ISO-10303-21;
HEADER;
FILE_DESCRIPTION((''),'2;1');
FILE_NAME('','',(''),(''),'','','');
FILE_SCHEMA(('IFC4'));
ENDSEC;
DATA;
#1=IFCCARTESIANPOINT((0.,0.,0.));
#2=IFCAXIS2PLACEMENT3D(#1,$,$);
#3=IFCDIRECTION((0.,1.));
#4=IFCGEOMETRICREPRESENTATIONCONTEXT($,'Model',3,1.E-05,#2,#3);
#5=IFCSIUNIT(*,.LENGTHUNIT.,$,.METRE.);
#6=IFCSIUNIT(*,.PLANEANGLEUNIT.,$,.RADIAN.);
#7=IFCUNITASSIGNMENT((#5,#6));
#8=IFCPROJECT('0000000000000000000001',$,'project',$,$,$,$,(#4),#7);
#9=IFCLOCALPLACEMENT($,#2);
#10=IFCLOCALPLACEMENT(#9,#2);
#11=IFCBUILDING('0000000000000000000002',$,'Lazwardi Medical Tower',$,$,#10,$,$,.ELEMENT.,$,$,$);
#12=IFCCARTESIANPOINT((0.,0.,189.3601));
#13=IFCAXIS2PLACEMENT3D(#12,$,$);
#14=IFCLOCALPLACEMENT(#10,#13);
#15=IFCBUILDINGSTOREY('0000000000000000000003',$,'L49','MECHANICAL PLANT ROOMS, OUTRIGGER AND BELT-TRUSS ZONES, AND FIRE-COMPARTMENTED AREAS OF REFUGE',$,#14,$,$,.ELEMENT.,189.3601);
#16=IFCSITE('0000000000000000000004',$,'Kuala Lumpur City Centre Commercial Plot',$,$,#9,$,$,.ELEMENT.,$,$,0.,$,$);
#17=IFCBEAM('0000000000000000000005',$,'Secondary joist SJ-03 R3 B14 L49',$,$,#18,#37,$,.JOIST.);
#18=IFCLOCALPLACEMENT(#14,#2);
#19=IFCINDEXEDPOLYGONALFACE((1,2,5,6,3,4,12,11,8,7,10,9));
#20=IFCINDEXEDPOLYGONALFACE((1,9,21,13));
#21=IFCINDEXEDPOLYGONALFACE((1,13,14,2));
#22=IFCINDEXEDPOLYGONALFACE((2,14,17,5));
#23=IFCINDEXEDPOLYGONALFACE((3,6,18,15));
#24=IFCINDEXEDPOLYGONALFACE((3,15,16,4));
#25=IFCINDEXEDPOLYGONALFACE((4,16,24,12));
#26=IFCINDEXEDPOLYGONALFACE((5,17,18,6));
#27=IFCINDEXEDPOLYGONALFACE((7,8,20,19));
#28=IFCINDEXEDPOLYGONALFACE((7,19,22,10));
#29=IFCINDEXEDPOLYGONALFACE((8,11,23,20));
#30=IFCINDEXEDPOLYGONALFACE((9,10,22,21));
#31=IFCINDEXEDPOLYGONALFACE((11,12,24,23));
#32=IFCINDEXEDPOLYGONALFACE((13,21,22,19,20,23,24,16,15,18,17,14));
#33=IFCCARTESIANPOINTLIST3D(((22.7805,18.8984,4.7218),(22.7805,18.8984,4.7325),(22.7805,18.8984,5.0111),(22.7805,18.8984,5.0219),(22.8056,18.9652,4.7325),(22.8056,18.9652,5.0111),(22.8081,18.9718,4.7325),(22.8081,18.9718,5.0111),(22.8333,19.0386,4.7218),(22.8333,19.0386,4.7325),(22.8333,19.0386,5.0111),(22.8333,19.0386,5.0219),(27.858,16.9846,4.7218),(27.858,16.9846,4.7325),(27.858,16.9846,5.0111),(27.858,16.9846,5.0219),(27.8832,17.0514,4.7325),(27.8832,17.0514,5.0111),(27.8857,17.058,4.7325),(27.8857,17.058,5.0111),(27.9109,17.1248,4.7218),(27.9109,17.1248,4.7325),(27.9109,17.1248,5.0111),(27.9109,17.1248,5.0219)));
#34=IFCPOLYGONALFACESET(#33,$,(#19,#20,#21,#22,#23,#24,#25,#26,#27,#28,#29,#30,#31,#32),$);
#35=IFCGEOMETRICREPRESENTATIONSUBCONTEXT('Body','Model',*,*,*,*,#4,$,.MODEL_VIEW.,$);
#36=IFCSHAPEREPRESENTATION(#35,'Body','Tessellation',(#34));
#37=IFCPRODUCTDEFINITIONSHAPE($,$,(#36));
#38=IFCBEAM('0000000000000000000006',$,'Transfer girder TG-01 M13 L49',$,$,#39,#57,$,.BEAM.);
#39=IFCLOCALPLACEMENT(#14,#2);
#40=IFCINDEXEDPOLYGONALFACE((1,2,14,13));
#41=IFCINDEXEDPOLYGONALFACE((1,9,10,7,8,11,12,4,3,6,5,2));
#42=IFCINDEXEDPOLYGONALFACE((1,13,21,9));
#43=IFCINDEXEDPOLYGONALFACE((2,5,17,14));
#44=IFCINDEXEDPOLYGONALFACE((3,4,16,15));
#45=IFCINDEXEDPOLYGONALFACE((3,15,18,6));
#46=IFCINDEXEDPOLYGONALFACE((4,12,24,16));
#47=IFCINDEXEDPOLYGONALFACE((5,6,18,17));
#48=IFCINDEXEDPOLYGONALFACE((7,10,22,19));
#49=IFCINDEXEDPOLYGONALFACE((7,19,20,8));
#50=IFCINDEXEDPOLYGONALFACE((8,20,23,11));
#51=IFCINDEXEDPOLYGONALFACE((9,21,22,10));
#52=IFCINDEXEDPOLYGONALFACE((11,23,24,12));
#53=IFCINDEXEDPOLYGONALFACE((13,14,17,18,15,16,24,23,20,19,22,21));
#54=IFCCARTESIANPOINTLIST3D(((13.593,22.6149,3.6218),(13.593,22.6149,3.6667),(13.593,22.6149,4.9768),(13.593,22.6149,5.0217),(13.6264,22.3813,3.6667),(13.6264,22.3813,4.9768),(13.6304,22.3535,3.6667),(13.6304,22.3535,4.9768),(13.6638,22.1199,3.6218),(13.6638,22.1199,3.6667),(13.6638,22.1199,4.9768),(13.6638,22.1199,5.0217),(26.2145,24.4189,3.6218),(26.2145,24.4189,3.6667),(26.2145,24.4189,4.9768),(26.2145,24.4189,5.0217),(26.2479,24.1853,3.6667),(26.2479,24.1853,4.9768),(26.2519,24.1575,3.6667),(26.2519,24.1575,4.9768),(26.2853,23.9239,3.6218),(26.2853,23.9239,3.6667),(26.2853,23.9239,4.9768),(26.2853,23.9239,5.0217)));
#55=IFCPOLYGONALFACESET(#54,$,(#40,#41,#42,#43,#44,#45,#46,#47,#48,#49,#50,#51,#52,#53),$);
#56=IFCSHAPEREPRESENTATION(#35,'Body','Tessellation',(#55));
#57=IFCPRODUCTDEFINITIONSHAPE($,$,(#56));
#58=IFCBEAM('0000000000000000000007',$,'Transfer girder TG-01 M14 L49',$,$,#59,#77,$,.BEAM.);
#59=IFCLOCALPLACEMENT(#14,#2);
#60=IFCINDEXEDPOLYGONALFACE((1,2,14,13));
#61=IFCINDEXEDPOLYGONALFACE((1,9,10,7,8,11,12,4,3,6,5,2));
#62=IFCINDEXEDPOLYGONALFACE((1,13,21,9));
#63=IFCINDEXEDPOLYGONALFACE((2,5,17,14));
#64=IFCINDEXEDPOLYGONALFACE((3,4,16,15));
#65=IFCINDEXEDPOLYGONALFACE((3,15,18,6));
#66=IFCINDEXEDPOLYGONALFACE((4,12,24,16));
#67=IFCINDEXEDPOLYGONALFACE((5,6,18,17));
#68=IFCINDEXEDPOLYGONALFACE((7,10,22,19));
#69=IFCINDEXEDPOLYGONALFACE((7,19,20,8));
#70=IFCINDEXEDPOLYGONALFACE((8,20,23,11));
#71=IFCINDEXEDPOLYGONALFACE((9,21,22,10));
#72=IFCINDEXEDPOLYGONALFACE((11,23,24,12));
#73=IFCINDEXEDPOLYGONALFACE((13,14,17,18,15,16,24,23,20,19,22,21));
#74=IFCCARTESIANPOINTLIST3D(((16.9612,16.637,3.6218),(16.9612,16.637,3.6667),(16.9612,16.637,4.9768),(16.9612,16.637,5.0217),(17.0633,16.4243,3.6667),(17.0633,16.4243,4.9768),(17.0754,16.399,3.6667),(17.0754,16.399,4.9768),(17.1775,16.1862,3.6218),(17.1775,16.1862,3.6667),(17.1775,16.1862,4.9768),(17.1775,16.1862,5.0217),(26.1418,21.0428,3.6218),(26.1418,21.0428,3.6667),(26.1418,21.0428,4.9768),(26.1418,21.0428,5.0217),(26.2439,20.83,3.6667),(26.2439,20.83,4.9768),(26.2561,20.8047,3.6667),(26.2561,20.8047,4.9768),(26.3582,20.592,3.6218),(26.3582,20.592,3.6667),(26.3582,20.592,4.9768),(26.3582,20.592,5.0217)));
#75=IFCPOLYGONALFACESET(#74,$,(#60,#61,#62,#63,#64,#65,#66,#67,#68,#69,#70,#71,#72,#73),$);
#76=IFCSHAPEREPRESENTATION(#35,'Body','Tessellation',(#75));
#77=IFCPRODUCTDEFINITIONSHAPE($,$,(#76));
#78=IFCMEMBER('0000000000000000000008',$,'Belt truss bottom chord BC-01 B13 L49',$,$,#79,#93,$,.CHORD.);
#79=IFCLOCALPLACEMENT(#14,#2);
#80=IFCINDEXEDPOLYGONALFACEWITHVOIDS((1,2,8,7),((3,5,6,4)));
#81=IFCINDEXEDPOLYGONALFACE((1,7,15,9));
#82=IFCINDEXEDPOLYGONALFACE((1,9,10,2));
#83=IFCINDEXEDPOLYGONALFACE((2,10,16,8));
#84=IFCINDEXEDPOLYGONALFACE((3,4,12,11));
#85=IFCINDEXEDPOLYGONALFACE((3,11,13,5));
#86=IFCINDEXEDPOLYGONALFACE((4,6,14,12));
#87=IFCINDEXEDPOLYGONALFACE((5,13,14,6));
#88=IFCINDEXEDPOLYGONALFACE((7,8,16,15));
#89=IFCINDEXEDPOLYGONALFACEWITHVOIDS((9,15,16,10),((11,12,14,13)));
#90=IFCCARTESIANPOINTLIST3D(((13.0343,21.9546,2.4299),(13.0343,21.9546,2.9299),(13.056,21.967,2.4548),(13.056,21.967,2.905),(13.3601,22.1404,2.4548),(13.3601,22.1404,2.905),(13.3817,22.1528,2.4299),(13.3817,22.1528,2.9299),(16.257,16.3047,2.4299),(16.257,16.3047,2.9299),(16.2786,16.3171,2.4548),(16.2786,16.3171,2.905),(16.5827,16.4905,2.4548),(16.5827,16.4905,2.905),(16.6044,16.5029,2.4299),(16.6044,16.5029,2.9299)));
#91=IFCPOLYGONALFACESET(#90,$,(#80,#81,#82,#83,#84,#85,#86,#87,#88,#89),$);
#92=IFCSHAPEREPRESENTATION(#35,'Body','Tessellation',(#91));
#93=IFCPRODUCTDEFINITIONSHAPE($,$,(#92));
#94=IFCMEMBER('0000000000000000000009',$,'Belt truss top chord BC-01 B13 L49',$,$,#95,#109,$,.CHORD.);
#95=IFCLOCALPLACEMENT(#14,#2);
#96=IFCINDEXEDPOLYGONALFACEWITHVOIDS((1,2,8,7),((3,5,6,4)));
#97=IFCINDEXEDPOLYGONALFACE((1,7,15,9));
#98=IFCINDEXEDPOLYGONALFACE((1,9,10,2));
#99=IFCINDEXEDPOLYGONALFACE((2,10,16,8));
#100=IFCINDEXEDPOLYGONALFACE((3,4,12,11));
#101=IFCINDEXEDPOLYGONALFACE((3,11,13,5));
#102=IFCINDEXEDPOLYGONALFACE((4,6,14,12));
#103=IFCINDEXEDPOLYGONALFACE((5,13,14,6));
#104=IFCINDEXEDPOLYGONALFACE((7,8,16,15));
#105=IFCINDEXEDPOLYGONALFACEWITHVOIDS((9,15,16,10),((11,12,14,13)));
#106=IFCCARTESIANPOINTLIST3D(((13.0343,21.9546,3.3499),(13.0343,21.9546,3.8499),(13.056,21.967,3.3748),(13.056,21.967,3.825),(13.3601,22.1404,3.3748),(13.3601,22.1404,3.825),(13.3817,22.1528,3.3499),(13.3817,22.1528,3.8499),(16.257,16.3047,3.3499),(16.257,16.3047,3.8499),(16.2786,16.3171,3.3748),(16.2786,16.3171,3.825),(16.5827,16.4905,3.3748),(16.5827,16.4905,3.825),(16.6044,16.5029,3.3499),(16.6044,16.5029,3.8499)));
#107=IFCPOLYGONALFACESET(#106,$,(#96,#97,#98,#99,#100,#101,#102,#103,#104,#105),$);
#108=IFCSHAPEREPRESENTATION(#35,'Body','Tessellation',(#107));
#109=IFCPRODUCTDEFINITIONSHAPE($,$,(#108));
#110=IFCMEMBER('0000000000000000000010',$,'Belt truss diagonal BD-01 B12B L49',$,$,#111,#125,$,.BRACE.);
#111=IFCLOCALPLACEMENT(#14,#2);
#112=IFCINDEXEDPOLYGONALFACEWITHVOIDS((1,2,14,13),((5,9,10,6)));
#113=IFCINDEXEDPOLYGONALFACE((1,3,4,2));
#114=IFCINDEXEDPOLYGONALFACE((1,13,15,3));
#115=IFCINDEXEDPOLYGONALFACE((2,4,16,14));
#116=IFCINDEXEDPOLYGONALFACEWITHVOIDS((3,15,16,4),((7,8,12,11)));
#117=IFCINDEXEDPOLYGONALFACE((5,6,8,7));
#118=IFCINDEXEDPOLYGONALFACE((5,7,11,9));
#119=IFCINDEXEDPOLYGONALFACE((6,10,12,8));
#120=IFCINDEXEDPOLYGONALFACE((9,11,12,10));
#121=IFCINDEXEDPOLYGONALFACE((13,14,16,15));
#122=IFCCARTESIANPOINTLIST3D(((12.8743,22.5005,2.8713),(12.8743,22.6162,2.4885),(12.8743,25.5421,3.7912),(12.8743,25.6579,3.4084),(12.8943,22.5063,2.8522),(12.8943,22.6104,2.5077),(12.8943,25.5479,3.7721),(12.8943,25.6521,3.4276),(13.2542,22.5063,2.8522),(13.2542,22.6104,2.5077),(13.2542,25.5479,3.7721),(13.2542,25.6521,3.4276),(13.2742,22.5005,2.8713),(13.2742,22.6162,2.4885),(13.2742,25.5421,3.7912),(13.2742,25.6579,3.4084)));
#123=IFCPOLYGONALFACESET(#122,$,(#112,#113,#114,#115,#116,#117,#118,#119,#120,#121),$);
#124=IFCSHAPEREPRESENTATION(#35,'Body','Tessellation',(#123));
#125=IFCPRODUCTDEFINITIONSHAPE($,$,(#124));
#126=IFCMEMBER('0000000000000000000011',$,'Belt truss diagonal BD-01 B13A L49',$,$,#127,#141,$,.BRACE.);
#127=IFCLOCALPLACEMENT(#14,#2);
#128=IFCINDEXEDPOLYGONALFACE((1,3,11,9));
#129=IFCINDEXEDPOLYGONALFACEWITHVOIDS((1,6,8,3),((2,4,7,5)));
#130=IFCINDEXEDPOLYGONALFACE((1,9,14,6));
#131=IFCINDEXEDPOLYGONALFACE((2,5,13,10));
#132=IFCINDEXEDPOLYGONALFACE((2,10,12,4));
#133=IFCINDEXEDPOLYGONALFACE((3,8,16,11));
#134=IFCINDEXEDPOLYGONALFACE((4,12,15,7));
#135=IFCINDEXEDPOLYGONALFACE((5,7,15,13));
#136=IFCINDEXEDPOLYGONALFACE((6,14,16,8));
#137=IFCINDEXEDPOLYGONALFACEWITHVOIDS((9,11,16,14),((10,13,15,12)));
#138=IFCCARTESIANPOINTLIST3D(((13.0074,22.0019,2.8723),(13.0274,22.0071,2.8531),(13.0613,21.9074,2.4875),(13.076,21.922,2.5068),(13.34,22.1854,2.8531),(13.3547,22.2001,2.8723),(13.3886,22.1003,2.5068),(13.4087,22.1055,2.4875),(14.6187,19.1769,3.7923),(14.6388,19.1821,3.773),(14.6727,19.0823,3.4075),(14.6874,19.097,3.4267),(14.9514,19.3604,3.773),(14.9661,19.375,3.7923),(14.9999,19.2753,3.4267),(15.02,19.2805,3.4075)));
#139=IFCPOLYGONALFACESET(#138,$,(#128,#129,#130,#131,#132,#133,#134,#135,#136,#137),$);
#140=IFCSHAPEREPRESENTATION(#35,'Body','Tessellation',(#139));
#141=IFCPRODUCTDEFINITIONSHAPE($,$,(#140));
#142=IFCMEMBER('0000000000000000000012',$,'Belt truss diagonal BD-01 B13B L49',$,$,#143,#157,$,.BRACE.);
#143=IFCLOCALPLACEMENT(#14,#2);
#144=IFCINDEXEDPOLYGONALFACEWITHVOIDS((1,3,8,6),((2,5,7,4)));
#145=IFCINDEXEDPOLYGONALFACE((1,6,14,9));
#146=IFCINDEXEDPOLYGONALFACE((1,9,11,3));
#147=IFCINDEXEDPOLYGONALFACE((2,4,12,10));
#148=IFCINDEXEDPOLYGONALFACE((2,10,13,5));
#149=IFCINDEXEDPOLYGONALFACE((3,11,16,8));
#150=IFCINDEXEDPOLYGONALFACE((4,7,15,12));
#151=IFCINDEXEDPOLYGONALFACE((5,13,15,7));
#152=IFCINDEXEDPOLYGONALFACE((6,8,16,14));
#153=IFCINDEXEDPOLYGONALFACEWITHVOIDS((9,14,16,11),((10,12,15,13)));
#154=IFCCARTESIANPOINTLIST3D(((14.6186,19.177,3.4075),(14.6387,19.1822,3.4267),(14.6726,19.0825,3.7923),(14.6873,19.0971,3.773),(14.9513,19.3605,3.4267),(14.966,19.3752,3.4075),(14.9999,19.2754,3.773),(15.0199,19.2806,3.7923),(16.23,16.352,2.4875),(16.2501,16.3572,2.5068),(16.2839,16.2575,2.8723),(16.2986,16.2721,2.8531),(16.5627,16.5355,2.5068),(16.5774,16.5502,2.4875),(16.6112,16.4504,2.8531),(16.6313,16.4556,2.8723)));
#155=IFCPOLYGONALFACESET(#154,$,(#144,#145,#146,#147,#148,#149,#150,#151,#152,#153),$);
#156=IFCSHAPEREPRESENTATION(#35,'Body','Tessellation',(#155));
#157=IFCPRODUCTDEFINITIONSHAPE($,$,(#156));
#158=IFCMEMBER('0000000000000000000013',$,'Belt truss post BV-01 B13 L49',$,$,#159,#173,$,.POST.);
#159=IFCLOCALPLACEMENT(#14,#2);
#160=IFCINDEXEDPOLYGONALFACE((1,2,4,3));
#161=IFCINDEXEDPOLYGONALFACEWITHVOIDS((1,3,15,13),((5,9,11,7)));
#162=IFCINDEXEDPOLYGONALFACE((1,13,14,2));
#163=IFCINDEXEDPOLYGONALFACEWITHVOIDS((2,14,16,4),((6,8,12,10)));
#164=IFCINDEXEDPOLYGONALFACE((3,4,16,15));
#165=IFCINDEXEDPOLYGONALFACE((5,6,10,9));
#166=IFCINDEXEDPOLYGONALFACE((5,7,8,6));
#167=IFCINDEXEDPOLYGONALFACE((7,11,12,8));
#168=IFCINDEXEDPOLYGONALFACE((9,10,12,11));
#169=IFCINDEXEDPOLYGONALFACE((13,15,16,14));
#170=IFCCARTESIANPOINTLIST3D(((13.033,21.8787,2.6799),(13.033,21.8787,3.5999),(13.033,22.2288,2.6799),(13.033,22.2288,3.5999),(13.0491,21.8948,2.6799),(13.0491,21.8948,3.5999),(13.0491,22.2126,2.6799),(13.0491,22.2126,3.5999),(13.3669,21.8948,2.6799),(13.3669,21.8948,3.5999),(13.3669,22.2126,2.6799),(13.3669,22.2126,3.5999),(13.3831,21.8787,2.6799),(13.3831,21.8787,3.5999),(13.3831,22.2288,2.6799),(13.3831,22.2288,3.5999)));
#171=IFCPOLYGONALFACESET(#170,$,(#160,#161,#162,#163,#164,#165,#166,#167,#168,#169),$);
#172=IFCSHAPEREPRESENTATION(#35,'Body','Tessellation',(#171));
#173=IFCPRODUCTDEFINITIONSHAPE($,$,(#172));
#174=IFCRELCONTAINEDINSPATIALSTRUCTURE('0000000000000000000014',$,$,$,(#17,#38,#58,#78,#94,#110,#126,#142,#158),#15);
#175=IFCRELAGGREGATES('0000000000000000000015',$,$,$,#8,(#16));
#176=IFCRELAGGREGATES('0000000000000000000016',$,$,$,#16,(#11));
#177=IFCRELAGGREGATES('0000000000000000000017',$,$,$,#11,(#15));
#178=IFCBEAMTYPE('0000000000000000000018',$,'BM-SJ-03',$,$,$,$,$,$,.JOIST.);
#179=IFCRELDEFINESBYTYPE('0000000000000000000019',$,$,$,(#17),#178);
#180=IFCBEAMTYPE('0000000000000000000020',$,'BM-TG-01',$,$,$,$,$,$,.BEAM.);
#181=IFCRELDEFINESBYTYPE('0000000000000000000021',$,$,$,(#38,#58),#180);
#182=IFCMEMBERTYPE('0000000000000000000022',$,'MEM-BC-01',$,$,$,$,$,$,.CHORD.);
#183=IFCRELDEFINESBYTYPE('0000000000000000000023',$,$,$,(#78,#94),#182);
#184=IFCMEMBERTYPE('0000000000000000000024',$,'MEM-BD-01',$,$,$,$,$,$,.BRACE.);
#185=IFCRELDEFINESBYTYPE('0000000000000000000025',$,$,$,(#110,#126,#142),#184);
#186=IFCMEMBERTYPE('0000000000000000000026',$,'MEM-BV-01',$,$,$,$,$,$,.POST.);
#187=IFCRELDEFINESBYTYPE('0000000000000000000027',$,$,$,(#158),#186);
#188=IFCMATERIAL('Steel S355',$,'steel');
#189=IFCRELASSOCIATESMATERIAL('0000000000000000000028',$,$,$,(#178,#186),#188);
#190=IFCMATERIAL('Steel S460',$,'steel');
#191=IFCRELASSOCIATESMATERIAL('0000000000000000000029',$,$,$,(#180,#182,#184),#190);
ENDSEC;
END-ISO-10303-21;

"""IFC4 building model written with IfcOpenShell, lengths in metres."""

from ifc_helpers import new_model, si_unit, direction, frame, origin, origin_2d, place, context, subcontext, project, spatial, hollow_rectangle, i_section, extrude, material, material_profile, profile_set, type_object, element, save


model = new_model("IFC4")

# Units and contexts
model_context = context("Model", 3, precision=1e-05, world=origin(), true_north=direction((0.0, 1.0)))
body_context = subcontext(model_context, "Body", "Model", "MODEL_VIEW")
ifc_project = project(units=[si_unit("LENGTHUNIT", "METRE"), si_unit("PLANEANGLEUNIT", "RADIAN")], contexts=[model_context])

# Site, building, storey
site_placement = place(None, origin())
site = spatial("IfcSite", under=ifc_project, at=site_placement, Name="Kuala Lumpur City Centre Commercial Plot", CompositionType="ELEMENT", RefElevation=0.0)
building_placement = place(site_placement, origin())
building = spatial("IfcBuilding", under=site, at=building_placement, Name="Lazwardi Medical Tower", CompositionType="ELEMENT")
storey_placement = place(building_placement, frame((0.0, 0.0, 189.3601)))
storey = spatial("IfcBuildingStorey", under=building, at=storey_placement, Name="L49", Description="MECHANICAL PLANT ROOMS, OUTRIGGER AND BELT-TRUSS ZONES, AND FIRE-COMPARTMENTED AREAS OF REFUGE", CompositionType="ELEMENT", Elevation=189.3601)

# Beams
ifc_material_1 = material(Name="Steel S460", Category="steel")
ifc_material_2 = material(Name="Steel S355", Category="steel")
ifc_material_profile_1 = material_profile(ifc_material_2, i_section(OverallWidth=0.1499, OverallDepth=0.3, WebThickness=0.0071, FlangeThickness=0.0107, at=origin_2d()), Name="IPE 300")
ifc_profile_set_1 = profile_set([ifc_material_profile_1], Name="Steel S355")
beam_type_1 = type_object("IfcBeamType", Name="BM-SJ-03", PredefinedType="JOIST", material=ifc_profile_set_1)
beam_1_placement = place(storey_placement, frame((22.8069, 18.9685, 4.8718), z_axis=(0.93574, -0.352691, 0.0), x_axis=(0.352691, 0.93574, 0.0)))
element("IfcBeam", 1, at=beam_1_placement, inside=storey, type_object=beam_type_1, Name="Secondary joist SJ-03 R3 B14 L49", PredefinedType="JOIST", context=body_context, shape_type="SweptSolid", body=[
    extrude(i_section(OverallWidth=0.1499, OverallDepth=0.3, WebThickness=0.0071, FlangeThickness=0.0107, at=origin_2d()), origin(), (0.0, 0.0, 1.0), 5.4263),
])
ifc_material_profile_2 = material_profile(ifc_material_1, i_section(OverallWidth=0.5, OverallDepth=1.3999, WebThickness=0.0281, FlangeThickness=0.0449, at=origin_2d()), Name="PG 1400x500")
ifc_profile_set_2 = profile_set([ifc_material_profile_2], Name="Steel S460")
beam_type_2 = type_object("IfcBeamType", Name="BM-TG-01", PredefinedType="BEAM", material=ifc_profile_set_2)
beam_2_placement = place(storey_placement, frame((13.6284, 22.3674, 4.3218), z_axis=(0.98994, 0.141488, 0.0), x_axis=(-0.141488, 0.98994, 0.0)))
element("IfcBeam", 2, at=beam_2_placement, inside=storey, type_object=beam_type_2, Name="Transfer girder TG-01 M13 L49", PredefinedType="BEAM", context=body_context, shape_type="SweptSolid", body=[
    extrude(i_section(OverallWidth=0.5, OverallDepth=1.3999, WebThickness=0.0281, FlangeThickness=0.0449, at=origin_2d()), origin(), (0.0, 0.0, 1.0), 12.7498),
])
beam_3_placement = place(storey_placement, frame((17.0693, 16.4116, 4.3218), z_axis=(0.90156, 0.432655, 0.0), x_axis=(-0.432655, 0.90156, 0.0)))
element("IfcBeam", 3, at=beam_3_placement, inside=storey, type_object=beam_type_2, Name="Transfer girder TG-01 M14 L49", PredefinedType="BEAM", context=body_context, shape_type="SweptSolid", body=[
    extrude(i_section(OverallWidth=0.5, OverallDepth=1.3999, WebThickness=0.0281, FlangeThickness=0.0449, at=origin_2d()), origin(), (0.0, 0.0, 1.0), 10.1831),
])

# Members
ifc_material_profile_3 = material_profile(ifc_material_1, hollow_rectangle(XDim=0.3999, YDim=0.5, WallThickness=0.0249, at=origin_2d()), Name="RHS 500x400x25")
ifc_profile_set_3 = profile_set([ifc_material_profile_3], Name="Steel S460")
member_type_1 = type_object("IfcMemberType", Name="MEM-BC-01", PredefinedType="CHORD", material=ifc_profile_set_3)
for number, where, z_axis, x_axis, name in (
    (4, (13.208, 22.0537, 2.6799), (0.49546, -0.868631, 0.0), (0.868631, 0.49546, 0.0), "Belt truss bottom chord BC-01 B13 L49"),
    (5, (13.208, 22.0537, 3.5999), (0.49546, -0.868631, 0.0), (0.868631, 0.49546, 0.0), "Belt truss top chord BC-01 B13 L49"),
):
    element("IfcMember", number, at=place(storey_placement, frame(where, z_axis=z_axis, x_axis=x_axis)), inside=storey, type_object=member_type_1, Name=name, PredefinedType="CHORD", context=body_context, shape_type="SweptSolid", body=[
        extrude(hollow_rectangle(XDim=0.3999, YDim=0.5, WallThickness=0.0249, at=origin_2d()), origin(), (0.0, 0.0, 1.0), 6.5044),
    ])
ifc_material_profile_4 = material_profile(ifc_material_1, hollow_rectangle(XDim=0.3999, YDim=0.3999, WallThickness=0.02, at=origin_2d()), Name="RHS 400x400x20")
ifc_profile_set_4 = profile_set([ifc_material_profile_4], Name="Steel S460")
member_type_2 = type_object("IfcMemberType", Name="MEM-BD-01", PredefinedType="BRACE", material=ifc_profile_set_4)
member_1_placement = place(storey_placement, frame((13.0742, 22.5583, 2.6799), z_axis=(0.0, 0.957183, 0.289483), x_axis=(-1.0, 0.0, 0.0)))
element("IfcMember", 6, at=member_1_placement, inside=storey, type_object=member_type_2, Name="Belt truss diagonal BD-01 B12B L49", PredefinedType="BRACE", context=body_context, shape_type="SweptSolid", body=[
    extrude(hollow_rectangle(XDim=0.3999, YDim=0.3999, WallThickness=0.02, at=origin_2d()), origin(), (0.0, 0.0, 1.0), 3.1777),
])
for number, where, z_axis, x_axis, name in (
    (7, (13.208, 22.0537, 2.6799), (0.476754, -0.835836, 0.272183), (0.868631, 0.49546, 0.0), "Belt truss diagonal BD-01 B13A L49"),
    (8, (16.4307, 16.4038, 2.6799), (-0.476754, 0.835836, 0.272183), (-0.868631, -0.49546, 0.0), "Belt truss diagonal BD-01 B13B L49"),
):
    element("IfcMember", number, at=place(storey_placement, frame(where, z_axis=z_axis, x_axis=x_axis)), inside=storey, type_object=member_type_2, Name=name, PredefinedType="BRACE", context=body_context, shape_type="SweptSolid", body=[
        extrude(hollow_rectangle(XDim=0.3999, YDim=0.3999, WallThickness=0.02, at=origin_2d()), origin(), (0.0, 0.0, 1.0), 3.3799),
    ])
ifc_material_profile_5 = material_profile(ifc_material_2, hollow_rectangle(XDim=0.3501, YDim=0.3501, WallThickness=0.0161, at=origin_2d()), Name="RHS 350x350x16")
ifc_profile_set_5 = profile_set([ifc_material_profile_5], Name="Steel S355")
member_type_3 = type_object("IfcMemberType", Name="MEM-BV-01", PredefinedType="POST", material=ifc_profile_set_5)
member_2_placement = place(storey_placement, frame((13.208, 22.0537, 2.6799), z_axis=(0.0, 0.0, 1.0), x_axis=(1.0, 0.0, 0.0)))
element("IfcMember", 9, at=member_2_placement, inside=storey, type_object=member_type_3, Name="Belt truss post BV-01 B13 L49", PredefinedType="POST", context=body_context, shape_type="SweptSolid", body=[
    extrude(hollow_rectangle(XDim=0.3501, YDim=0.3501, WallThickness=0.0161, at=origin_2d()), origin(), (0.0, 0.0, 1.0), 0.9199),
])

save(model, "model.ifc")
